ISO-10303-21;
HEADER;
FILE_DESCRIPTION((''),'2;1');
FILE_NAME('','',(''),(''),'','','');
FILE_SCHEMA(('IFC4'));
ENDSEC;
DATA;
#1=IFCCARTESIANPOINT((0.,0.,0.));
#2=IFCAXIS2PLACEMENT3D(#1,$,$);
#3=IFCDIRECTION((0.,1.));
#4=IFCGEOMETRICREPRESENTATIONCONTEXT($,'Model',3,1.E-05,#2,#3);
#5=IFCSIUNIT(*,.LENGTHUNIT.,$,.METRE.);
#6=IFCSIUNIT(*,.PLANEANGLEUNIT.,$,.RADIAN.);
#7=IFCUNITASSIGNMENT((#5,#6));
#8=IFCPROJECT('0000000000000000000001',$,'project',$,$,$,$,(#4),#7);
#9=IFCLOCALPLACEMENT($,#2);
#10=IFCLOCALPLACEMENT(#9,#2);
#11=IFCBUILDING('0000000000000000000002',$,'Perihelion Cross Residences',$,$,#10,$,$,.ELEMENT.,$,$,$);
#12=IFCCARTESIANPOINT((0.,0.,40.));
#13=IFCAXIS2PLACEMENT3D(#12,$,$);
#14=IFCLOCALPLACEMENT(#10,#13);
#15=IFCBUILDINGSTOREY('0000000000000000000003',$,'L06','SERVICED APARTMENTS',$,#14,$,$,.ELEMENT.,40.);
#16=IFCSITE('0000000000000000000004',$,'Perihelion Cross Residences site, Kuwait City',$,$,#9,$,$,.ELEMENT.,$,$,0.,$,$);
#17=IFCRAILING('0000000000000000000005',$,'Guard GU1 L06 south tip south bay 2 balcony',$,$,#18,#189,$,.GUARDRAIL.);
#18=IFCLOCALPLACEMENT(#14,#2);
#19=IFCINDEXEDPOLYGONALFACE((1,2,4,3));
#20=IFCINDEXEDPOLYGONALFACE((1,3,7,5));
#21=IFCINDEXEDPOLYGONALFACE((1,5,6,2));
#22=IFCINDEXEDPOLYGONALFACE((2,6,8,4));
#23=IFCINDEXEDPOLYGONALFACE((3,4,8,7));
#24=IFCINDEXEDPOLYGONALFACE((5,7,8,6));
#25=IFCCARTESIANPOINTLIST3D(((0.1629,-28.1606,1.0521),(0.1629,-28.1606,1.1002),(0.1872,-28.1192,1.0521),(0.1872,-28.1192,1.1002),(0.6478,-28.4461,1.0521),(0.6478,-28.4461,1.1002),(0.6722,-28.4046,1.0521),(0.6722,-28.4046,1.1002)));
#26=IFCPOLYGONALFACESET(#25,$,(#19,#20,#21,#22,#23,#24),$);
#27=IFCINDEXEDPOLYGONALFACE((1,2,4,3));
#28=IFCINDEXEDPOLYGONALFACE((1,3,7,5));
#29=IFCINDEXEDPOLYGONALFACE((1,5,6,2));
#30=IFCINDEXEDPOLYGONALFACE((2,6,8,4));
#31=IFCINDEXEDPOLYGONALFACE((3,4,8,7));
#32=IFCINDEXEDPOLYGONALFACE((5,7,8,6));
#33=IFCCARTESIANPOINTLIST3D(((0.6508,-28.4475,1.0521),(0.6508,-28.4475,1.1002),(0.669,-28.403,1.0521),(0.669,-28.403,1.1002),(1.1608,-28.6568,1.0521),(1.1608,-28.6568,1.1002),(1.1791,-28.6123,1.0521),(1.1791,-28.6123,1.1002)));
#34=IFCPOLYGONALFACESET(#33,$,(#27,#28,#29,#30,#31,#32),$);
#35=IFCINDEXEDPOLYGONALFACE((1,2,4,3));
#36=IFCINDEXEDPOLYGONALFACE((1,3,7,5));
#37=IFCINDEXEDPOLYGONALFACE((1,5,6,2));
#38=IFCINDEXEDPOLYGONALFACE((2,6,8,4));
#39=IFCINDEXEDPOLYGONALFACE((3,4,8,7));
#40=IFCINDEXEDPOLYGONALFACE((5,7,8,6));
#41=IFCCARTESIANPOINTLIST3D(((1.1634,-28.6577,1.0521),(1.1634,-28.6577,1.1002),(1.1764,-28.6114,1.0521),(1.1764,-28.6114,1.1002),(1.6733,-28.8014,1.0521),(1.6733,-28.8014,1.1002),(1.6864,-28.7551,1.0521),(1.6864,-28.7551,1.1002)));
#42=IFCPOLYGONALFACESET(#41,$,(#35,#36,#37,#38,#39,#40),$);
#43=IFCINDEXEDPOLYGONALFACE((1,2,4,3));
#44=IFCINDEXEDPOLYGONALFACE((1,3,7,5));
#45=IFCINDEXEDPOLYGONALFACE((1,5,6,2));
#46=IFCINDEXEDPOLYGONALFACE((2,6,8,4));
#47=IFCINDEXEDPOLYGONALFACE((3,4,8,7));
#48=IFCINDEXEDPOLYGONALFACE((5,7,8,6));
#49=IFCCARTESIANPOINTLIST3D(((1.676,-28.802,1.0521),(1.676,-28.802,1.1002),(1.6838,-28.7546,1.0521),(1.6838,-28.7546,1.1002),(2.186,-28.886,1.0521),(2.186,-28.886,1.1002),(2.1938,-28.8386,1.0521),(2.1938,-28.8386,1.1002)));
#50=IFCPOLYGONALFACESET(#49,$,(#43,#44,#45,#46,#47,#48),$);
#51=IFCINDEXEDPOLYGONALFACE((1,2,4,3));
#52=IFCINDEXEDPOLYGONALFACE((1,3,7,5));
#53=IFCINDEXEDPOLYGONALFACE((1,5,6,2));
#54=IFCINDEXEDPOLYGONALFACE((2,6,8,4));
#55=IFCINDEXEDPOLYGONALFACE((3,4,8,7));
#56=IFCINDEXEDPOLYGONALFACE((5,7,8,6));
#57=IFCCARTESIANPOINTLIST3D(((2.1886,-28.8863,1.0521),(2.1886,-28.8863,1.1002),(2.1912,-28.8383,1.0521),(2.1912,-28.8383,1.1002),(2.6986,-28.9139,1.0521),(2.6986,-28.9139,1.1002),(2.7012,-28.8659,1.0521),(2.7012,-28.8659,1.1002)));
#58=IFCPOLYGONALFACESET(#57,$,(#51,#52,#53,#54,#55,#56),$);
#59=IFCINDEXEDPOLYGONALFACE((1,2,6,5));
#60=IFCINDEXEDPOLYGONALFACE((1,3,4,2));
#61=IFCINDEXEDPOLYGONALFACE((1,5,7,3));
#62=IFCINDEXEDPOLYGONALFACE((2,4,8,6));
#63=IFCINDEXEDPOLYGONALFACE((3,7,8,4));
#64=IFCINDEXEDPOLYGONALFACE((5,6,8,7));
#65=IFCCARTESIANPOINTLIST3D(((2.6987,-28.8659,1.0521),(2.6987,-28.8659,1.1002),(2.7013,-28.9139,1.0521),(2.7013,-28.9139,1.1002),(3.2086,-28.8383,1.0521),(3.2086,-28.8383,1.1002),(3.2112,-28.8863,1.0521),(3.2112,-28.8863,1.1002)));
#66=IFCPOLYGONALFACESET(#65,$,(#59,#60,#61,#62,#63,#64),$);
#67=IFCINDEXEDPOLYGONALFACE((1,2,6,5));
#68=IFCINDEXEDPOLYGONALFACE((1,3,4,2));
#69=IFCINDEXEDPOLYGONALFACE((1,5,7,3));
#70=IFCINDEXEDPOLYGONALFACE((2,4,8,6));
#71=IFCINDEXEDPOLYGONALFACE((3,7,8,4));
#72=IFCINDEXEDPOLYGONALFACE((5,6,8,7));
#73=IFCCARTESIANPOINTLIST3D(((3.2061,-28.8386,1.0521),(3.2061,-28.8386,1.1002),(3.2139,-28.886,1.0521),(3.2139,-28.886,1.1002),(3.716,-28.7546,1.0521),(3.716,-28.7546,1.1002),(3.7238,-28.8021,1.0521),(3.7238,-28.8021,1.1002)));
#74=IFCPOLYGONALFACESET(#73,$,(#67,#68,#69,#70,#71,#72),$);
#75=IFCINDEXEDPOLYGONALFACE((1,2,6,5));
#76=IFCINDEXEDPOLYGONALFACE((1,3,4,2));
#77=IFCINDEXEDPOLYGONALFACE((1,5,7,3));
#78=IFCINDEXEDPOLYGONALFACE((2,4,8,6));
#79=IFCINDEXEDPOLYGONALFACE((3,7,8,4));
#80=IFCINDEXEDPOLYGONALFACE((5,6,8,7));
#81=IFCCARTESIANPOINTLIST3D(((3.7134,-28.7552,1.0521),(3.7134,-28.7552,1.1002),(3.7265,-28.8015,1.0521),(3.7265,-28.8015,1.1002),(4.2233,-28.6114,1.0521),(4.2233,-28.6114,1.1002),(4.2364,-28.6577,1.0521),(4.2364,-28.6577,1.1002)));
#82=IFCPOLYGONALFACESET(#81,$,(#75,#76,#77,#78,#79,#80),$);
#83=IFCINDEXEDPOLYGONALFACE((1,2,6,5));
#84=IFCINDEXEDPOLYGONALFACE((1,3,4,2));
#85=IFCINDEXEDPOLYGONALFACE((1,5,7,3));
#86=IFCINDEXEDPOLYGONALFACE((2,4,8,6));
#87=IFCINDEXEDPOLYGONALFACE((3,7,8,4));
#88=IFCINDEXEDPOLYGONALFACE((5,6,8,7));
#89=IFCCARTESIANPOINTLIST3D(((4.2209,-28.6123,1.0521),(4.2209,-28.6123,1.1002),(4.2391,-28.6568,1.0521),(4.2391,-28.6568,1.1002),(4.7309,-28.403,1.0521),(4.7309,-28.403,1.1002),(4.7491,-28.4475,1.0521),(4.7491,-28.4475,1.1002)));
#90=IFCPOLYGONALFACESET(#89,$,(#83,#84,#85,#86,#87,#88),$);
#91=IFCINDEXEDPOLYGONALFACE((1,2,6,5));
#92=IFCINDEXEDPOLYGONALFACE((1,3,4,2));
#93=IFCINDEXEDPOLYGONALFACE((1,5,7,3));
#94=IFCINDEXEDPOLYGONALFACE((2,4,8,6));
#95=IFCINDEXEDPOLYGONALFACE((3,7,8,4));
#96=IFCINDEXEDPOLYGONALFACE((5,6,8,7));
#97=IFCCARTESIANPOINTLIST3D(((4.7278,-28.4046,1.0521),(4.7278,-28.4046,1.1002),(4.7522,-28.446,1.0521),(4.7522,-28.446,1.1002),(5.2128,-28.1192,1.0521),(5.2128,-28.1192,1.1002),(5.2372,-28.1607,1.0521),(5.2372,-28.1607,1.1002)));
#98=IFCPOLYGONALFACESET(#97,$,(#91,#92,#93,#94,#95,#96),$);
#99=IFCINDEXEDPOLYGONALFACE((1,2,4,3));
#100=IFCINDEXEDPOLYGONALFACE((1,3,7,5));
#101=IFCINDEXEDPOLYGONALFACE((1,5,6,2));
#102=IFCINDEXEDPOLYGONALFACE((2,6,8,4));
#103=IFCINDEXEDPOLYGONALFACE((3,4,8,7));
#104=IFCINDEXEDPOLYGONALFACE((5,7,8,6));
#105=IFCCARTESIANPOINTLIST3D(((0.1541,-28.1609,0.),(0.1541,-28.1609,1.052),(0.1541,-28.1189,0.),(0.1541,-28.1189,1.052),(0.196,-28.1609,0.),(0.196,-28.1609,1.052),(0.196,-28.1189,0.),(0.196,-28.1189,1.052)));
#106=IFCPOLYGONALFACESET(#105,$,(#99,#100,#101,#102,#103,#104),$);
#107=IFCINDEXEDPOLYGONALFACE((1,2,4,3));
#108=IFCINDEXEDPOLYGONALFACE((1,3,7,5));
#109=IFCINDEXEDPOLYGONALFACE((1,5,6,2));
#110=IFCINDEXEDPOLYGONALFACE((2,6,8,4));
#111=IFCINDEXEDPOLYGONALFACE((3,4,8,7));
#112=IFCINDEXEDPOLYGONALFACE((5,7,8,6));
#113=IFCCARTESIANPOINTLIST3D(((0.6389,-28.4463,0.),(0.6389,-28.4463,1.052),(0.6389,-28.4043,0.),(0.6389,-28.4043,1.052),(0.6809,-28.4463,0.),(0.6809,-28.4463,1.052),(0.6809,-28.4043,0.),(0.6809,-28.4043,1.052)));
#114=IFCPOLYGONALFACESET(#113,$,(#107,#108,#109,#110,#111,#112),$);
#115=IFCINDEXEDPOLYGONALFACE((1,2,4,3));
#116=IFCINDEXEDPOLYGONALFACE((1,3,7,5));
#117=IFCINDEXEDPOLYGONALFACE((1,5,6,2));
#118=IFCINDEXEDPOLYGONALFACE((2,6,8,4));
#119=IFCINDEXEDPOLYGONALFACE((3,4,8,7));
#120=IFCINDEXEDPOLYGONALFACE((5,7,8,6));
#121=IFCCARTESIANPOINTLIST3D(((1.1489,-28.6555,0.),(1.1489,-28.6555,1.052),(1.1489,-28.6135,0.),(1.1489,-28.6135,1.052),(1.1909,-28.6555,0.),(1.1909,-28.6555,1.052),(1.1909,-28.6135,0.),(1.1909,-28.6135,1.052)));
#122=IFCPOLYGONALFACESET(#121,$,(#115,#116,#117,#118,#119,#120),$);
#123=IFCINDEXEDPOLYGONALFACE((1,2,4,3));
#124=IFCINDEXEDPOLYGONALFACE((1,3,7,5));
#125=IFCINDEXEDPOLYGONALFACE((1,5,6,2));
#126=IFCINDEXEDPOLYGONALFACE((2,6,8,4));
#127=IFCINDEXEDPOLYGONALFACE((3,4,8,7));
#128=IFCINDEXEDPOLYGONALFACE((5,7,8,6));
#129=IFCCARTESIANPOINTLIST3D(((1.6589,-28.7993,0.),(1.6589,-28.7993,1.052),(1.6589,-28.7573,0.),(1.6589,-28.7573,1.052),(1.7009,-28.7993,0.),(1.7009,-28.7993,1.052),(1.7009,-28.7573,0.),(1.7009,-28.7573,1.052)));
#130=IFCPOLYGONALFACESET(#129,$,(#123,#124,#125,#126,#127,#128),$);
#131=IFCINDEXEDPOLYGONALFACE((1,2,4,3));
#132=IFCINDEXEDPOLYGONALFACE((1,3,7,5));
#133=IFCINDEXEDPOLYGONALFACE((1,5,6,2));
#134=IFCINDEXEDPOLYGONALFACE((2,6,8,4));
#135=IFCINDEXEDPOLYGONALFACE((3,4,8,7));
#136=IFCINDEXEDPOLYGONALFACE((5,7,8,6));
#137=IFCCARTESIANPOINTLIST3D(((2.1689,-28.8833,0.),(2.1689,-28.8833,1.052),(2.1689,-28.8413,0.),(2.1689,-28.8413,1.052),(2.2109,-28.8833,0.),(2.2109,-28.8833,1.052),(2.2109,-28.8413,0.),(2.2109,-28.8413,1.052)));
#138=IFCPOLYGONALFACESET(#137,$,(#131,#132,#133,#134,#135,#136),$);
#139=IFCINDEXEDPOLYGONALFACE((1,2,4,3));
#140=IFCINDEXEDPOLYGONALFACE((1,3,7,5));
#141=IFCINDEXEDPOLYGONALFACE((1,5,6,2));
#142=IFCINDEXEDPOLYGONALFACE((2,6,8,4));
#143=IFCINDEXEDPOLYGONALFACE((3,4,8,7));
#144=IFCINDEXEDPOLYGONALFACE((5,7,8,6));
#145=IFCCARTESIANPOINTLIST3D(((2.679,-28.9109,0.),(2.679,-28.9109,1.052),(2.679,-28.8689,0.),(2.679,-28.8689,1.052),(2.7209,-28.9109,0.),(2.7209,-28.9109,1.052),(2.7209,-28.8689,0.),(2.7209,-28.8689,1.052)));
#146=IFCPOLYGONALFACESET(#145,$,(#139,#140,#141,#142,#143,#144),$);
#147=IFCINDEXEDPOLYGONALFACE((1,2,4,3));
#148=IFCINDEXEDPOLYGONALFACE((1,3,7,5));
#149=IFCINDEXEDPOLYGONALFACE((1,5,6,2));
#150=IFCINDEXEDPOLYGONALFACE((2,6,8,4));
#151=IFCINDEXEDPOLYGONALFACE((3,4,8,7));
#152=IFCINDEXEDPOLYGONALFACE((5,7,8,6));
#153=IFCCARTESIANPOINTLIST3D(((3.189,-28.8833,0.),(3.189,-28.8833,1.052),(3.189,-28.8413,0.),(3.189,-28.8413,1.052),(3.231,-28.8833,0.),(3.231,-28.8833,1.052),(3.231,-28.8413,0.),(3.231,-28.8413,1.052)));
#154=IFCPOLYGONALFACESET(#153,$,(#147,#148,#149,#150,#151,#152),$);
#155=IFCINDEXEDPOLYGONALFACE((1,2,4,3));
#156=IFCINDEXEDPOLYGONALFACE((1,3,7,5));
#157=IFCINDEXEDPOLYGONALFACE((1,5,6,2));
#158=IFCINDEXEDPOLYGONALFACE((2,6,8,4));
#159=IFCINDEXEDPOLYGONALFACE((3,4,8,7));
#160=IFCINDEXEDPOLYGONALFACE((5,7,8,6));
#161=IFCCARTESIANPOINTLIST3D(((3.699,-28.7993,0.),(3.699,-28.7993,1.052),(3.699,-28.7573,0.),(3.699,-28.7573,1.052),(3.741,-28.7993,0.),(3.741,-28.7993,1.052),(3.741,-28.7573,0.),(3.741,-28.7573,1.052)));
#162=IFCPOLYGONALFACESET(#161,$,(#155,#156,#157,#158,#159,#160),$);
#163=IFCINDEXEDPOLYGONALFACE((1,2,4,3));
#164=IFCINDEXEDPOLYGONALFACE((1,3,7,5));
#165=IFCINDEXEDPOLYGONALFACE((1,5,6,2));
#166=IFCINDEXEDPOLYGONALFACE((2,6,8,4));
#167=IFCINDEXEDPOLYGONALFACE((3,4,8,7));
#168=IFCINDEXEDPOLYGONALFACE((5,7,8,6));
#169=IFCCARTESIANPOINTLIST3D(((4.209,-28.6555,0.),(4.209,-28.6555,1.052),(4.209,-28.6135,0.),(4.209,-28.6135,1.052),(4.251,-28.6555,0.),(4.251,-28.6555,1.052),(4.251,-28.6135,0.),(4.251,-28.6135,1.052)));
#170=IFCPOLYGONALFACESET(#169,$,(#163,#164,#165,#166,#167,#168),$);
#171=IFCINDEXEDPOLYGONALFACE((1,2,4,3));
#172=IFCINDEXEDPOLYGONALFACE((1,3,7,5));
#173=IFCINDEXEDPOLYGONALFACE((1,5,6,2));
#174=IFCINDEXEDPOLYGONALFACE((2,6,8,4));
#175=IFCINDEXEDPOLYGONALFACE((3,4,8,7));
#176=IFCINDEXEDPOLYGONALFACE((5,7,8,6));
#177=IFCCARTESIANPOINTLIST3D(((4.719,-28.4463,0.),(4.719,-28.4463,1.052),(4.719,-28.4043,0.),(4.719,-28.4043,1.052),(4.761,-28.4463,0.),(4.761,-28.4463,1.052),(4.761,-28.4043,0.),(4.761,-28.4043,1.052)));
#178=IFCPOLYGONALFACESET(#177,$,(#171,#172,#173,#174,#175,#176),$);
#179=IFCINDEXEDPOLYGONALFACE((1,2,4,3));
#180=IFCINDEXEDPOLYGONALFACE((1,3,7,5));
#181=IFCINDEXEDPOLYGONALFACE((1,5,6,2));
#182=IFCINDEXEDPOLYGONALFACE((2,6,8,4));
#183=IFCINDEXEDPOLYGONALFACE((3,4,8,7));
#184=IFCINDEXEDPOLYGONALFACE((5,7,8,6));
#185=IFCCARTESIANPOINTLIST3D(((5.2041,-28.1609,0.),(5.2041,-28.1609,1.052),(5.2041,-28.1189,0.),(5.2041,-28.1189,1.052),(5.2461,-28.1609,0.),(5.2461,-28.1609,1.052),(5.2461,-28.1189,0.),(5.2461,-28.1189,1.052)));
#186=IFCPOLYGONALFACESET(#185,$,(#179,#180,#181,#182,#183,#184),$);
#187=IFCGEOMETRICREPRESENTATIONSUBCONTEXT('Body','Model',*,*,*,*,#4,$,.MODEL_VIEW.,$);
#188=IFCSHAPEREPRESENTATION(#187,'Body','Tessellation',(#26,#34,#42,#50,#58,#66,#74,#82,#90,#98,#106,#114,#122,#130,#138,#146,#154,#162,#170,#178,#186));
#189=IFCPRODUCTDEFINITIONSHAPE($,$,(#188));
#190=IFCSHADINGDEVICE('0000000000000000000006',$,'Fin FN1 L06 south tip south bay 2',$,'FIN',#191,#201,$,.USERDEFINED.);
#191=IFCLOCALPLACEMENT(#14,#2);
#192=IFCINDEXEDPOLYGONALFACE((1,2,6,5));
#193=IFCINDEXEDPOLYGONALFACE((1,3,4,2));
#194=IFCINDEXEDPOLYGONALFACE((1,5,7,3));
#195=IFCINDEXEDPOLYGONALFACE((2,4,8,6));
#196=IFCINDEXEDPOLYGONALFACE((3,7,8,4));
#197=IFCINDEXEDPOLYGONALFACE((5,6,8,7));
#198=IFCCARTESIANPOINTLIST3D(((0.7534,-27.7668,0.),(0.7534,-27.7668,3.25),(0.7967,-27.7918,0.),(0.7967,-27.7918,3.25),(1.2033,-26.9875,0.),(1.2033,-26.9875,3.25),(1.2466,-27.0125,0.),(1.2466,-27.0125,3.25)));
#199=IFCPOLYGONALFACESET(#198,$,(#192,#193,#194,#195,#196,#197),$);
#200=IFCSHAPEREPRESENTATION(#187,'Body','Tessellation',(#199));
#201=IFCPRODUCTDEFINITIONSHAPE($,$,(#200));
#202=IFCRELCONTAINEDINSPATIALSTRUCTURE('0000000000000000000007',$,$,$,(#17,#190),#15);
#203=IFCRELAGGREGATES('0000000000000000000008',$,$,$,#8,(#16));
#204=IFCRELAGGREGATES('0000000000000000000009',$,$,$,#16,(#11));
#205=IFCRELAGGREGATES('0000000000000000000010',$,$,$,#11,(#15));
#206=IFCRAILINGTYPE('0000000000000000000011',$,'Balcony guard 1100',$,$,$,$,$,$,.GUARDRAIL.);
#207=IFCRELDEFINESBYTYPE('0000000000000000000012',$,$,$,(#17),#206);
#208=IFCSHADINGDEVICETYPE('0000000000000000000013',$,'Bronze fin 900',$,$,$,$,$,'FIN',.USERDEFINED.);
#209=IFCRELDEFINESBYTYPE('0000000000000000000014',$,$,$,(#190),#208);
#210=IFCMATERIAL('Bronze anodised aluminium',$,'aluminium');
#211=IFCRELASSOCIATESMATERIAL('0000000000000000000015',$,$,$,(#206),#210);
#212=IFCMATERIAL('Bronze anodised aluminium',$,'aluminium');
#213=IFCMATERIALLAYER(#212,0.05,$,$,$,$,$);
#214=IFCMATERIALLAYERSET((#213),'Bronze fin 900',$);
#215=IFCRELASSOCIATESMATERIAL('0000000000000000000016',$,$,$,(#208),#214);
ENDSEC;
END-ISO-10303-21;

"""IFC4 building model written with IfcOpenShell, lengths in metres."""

from ifc_helpers import new_model, si_unit, direction, frame, origin, origin_2d, place, context, subcontext, project, spatial, rectangle, extrude, material, layer, layer_set, type_object, element, save


model = new_model("IFC4")

# Units and contexts
model_context = context("Model", 3, precision=1e-05, world=origin(), true_north=direction((0.0, 1.0)))
body_context = subcontext(model_context, "Body", "Model", "MODEL_VIEW")
ifc_project = project(units=[si_unit("LENGTHUNIT", "METRE"), si_unit("PLANEANGLEUNIT", "RADIAN")], contexts=[model_context])

# Site, building, storey
site_placement = place(None, origin())
site = spatial("IfcSite", under=ifc_project, at=site_placement, Name="Perihelion Cross Residences site, Kuwait City", CompositionType="ELEMENT", RefElevation=0.0)
building_placement = place(site_placement, origin())
building = spatial("IfcBuilding", under=site, at=building_placement, Name="Perihelion Cross Residences", CompositionType="ELEMENT")
storey_placement = place(building_placement, frame((0.0, 0.0, 40.0)))
storey = spatial("IfcBuildingStorey", under=building, at=storey_placement, Name="L06", Description="SERVICED APARTMENTS", CompositionType="ELEMENT", Elevation=40.0)

# Railing
ifc_material_1 = material(Name="Bronze anodised aluminium", Category="aluminium")
railing_type = type_object("IfcRailingType", Name="Balcony guard 1100", PredefinedType="GUARDRAIL", material=ifc_material_1)
railing_placement = place(storey_placement, frame((0.175, -28.1399, 0.0)))
element("IfcRailing", 1, at=railing_placement, inside=storey, type_object=railing_type, Name="Guard GU1 L06 south tip south bay 2 balcony", PredefinedType="GUARDRAIL", context=body_context, shape_type="SweptSolid", body=[
    extrude(rectangle(XDim=0.0481, YDim=0.0481, at=origin_2d()), frame((0.0, 0.0, 1.0762), z_axis=(0.861789, -0.507267, 0.0), x_axis=(0.507267, 0.861789, 0.0)), (0.0, 0.0, 1.0), 0.5627),
    extrude(rectangle(XDim=0.0481, YDim=0.0481, at=origin_2d()), frame((0.4849, -0.2854, 1.0762), z_axis=(0.925173, -0.379547, 0.0), x_axis=(0.379547, 0.925173, 0.0)), (0.0, 0.0, 1.0), 0.5513),
    extrude(rectangle(XDim=0.0481, YDim=0.0481, at=origin_2d()), frame((0.9949, -0.4946, 1.0762), z_axis=(0.962474, -0.271373, 0.0), x_axis=(0.271373, 0.962474, 0.0)), (0.0, 0.0, 1.0), 0.5298),
    extrude(rectangle(XDim=0.0481, YDim=0.0481, at=origin_2d()), frame((1.5049, -0.6384, 1.0762), z_axis=(0.986711, -0.162484, 0.0), x_axis=(0.162484, 0.986711, 0.0)), (0.0, 0.0, 1.0), 0.5168),
    extrude(rectangle(XDim=0.0481, YDim=0.0481, at=origin_2d()), frame((2.0149, -0.7224, 1.0762), z_axis=(0.99854, -0.054014, 0.0), x_axis=(0.054014, 0.99854, 0.0)), (0.0, 0.0, 1.0), 0.5107),
    extrude(rectangle(XDim=0.0481, YDim=0.0481, at=origin_2d()), frame((2.5249, -0.75, 1.0762), z_axis=(0.99854, 0.054014, 0.0), x_axis=(-0.054014, 0.99854, 0.0)), (0.0, 0.0, 1.0), 0.5107),
    extrude(rectangle(XDim=0.0481, YDim=0.0481, at=origin_2d()), frame((3.0349, -0.7224, 1.0762), z_axis=(0.986711, 0.162484, 0.0), x_axis=(-0.162484, 0.986711, 0.0)), (0.0, 0.0, 1.0), 0.5168),
    extrude(rectangle(XDim=0.0481, YDim=0.0481, at=origin_2d()), frame((3.5449, -0.6384, 1.0762), z_axis=(0.962474, 0.271373, 0.0), x_axis=(-0.271373, 0.962474, 0.0)), (0.0, 0.0, 1.0), 0.5298),
    extrude(rectangle(XDim=0.0481, YDim=0.0481, at=origin_2d()), frame((4.0549, -0.4946, 1.0762), z_axis=(0.925173, 0.379547, 0.0), x_axis=(-0.379547, 0.925173, 0.0)), (0.0, 0.0, 1.0), 0.5513),
    extrude(rectangle(XDim=0.0481, YDim=0.0481, at=origin_2d()), frame((4.5649, -0.2854, 1.0762), z_axis=(0.861901, 0.507077, 0.0), x_axis=(-0.507077, 0.861901, 0.0)), (0.0, 0.0, 1.0), 0.5627),
    extrude(rectangle(XDim=0.042, YDim=0.042, at=origin_2d()), origin(), (0.0, 0.0, 1.0), 1.052),
    extrude(rectangle(XDim=0.042, YDim=0.042, at=origin_2d()), frame((0.4849, -0.2854, 0.0)), (0.0, 0.0, 1.0), 1.052),
    extrude(rectangle(XDim=0.042, YDim=0.042, at=origin_2d()), frame((0.9949, -0.4946, 0.0)), (0.0, 0.0, 1.0), 1.052),
    extrude(rectangle(XDim=0.042, YDim=0.042, at=origin_2d()), frame((1.5049, -0.6384, 0.0)), (0.0, 0.0, 1.0), 1.052),
    extrude(rectangle(XDim=0.042, YDim=0.042, at=origin_2d()), frame((2.0149, -0.7224, 0.0)), (0.0, 0.0, 1.0), 1.052),
    extrude(rectangle(XDim=0.042, YDim=0.042, at=origin_2d()), frame((2.5249, -0.75, 0.0)), (0.0, 0.0, 1.0), 1.052),
    extrude(rectangle(XDim=0.042, YDim=0.042, at=origin_2d()), frame((3.0349, -0.7224, 0.0)), (0.0, 0.0, 1.0), 1.052),
    extrude(rectangle(XDim=0.042, YDim=0.042, at=origin_2d()), frame((3.5449, -0.6384, 0.0)), (0.0, 0.0, 1.0), 1.052),
    extrude(rectangle(XDim=0.042, YDim=0.042, at=origin_2d()), frame((4.0549, -0.4946, 0.0)), (0.0, 0.0, 1.0), 1.052),
    extrude(rectangle(XDim=0.042, YDim=0.042, at=origin_2d()), frame((4.5649, -0.2854, 0.0)), (0.0, 0.0, 1.0), 1.052),
    extrude(rectangle(XDim=0.042, YDim=0.042, at=origin_2d()), frame((5.05, 0.0, 0.0)), (0.0, 0.0, 1.0), 1.052),
])

# Shading device
ifc_material_2 = material(Name="Bronze anodised aluminium", Category="aluminium")
ifc_layer_1 = layer(ifc_material_2, 0.05)
ifc_layer_set_1 = layer_set([ifc_layer_1], Name="Bronze fin 900")
shading_device_type = type_object("IfcShadingDeviceType", Name="Bronze fin 900", ElementType="FIN", PredefinedType="USERDEFINED", material=ifc_layer_set_1)
shading_device_placement = place(storey_placement, frame((1.0, -27.3896, 0.0), z_axis=(0.0, 0.0, 1.0), x_axis=(-0.5, -0.866025, 0.0)))
element("IfcShadingDevice", 2, at=shading_device_placement, inside=storey, type_object=shading_device_type, Name="Fin FN1 L06 south tip south bay 2", ObjectType="FIN", PredefinedType="USERDEFINED", context=body_context, shape_type="SweptSolid", body=[
    extrude(rectangle(XDim=0.8999, YDim=0.05, at=origin_2d()), origin(), (0.0, 0.0, 1.0), 3.25),
])

save(model, "model.ifc")
